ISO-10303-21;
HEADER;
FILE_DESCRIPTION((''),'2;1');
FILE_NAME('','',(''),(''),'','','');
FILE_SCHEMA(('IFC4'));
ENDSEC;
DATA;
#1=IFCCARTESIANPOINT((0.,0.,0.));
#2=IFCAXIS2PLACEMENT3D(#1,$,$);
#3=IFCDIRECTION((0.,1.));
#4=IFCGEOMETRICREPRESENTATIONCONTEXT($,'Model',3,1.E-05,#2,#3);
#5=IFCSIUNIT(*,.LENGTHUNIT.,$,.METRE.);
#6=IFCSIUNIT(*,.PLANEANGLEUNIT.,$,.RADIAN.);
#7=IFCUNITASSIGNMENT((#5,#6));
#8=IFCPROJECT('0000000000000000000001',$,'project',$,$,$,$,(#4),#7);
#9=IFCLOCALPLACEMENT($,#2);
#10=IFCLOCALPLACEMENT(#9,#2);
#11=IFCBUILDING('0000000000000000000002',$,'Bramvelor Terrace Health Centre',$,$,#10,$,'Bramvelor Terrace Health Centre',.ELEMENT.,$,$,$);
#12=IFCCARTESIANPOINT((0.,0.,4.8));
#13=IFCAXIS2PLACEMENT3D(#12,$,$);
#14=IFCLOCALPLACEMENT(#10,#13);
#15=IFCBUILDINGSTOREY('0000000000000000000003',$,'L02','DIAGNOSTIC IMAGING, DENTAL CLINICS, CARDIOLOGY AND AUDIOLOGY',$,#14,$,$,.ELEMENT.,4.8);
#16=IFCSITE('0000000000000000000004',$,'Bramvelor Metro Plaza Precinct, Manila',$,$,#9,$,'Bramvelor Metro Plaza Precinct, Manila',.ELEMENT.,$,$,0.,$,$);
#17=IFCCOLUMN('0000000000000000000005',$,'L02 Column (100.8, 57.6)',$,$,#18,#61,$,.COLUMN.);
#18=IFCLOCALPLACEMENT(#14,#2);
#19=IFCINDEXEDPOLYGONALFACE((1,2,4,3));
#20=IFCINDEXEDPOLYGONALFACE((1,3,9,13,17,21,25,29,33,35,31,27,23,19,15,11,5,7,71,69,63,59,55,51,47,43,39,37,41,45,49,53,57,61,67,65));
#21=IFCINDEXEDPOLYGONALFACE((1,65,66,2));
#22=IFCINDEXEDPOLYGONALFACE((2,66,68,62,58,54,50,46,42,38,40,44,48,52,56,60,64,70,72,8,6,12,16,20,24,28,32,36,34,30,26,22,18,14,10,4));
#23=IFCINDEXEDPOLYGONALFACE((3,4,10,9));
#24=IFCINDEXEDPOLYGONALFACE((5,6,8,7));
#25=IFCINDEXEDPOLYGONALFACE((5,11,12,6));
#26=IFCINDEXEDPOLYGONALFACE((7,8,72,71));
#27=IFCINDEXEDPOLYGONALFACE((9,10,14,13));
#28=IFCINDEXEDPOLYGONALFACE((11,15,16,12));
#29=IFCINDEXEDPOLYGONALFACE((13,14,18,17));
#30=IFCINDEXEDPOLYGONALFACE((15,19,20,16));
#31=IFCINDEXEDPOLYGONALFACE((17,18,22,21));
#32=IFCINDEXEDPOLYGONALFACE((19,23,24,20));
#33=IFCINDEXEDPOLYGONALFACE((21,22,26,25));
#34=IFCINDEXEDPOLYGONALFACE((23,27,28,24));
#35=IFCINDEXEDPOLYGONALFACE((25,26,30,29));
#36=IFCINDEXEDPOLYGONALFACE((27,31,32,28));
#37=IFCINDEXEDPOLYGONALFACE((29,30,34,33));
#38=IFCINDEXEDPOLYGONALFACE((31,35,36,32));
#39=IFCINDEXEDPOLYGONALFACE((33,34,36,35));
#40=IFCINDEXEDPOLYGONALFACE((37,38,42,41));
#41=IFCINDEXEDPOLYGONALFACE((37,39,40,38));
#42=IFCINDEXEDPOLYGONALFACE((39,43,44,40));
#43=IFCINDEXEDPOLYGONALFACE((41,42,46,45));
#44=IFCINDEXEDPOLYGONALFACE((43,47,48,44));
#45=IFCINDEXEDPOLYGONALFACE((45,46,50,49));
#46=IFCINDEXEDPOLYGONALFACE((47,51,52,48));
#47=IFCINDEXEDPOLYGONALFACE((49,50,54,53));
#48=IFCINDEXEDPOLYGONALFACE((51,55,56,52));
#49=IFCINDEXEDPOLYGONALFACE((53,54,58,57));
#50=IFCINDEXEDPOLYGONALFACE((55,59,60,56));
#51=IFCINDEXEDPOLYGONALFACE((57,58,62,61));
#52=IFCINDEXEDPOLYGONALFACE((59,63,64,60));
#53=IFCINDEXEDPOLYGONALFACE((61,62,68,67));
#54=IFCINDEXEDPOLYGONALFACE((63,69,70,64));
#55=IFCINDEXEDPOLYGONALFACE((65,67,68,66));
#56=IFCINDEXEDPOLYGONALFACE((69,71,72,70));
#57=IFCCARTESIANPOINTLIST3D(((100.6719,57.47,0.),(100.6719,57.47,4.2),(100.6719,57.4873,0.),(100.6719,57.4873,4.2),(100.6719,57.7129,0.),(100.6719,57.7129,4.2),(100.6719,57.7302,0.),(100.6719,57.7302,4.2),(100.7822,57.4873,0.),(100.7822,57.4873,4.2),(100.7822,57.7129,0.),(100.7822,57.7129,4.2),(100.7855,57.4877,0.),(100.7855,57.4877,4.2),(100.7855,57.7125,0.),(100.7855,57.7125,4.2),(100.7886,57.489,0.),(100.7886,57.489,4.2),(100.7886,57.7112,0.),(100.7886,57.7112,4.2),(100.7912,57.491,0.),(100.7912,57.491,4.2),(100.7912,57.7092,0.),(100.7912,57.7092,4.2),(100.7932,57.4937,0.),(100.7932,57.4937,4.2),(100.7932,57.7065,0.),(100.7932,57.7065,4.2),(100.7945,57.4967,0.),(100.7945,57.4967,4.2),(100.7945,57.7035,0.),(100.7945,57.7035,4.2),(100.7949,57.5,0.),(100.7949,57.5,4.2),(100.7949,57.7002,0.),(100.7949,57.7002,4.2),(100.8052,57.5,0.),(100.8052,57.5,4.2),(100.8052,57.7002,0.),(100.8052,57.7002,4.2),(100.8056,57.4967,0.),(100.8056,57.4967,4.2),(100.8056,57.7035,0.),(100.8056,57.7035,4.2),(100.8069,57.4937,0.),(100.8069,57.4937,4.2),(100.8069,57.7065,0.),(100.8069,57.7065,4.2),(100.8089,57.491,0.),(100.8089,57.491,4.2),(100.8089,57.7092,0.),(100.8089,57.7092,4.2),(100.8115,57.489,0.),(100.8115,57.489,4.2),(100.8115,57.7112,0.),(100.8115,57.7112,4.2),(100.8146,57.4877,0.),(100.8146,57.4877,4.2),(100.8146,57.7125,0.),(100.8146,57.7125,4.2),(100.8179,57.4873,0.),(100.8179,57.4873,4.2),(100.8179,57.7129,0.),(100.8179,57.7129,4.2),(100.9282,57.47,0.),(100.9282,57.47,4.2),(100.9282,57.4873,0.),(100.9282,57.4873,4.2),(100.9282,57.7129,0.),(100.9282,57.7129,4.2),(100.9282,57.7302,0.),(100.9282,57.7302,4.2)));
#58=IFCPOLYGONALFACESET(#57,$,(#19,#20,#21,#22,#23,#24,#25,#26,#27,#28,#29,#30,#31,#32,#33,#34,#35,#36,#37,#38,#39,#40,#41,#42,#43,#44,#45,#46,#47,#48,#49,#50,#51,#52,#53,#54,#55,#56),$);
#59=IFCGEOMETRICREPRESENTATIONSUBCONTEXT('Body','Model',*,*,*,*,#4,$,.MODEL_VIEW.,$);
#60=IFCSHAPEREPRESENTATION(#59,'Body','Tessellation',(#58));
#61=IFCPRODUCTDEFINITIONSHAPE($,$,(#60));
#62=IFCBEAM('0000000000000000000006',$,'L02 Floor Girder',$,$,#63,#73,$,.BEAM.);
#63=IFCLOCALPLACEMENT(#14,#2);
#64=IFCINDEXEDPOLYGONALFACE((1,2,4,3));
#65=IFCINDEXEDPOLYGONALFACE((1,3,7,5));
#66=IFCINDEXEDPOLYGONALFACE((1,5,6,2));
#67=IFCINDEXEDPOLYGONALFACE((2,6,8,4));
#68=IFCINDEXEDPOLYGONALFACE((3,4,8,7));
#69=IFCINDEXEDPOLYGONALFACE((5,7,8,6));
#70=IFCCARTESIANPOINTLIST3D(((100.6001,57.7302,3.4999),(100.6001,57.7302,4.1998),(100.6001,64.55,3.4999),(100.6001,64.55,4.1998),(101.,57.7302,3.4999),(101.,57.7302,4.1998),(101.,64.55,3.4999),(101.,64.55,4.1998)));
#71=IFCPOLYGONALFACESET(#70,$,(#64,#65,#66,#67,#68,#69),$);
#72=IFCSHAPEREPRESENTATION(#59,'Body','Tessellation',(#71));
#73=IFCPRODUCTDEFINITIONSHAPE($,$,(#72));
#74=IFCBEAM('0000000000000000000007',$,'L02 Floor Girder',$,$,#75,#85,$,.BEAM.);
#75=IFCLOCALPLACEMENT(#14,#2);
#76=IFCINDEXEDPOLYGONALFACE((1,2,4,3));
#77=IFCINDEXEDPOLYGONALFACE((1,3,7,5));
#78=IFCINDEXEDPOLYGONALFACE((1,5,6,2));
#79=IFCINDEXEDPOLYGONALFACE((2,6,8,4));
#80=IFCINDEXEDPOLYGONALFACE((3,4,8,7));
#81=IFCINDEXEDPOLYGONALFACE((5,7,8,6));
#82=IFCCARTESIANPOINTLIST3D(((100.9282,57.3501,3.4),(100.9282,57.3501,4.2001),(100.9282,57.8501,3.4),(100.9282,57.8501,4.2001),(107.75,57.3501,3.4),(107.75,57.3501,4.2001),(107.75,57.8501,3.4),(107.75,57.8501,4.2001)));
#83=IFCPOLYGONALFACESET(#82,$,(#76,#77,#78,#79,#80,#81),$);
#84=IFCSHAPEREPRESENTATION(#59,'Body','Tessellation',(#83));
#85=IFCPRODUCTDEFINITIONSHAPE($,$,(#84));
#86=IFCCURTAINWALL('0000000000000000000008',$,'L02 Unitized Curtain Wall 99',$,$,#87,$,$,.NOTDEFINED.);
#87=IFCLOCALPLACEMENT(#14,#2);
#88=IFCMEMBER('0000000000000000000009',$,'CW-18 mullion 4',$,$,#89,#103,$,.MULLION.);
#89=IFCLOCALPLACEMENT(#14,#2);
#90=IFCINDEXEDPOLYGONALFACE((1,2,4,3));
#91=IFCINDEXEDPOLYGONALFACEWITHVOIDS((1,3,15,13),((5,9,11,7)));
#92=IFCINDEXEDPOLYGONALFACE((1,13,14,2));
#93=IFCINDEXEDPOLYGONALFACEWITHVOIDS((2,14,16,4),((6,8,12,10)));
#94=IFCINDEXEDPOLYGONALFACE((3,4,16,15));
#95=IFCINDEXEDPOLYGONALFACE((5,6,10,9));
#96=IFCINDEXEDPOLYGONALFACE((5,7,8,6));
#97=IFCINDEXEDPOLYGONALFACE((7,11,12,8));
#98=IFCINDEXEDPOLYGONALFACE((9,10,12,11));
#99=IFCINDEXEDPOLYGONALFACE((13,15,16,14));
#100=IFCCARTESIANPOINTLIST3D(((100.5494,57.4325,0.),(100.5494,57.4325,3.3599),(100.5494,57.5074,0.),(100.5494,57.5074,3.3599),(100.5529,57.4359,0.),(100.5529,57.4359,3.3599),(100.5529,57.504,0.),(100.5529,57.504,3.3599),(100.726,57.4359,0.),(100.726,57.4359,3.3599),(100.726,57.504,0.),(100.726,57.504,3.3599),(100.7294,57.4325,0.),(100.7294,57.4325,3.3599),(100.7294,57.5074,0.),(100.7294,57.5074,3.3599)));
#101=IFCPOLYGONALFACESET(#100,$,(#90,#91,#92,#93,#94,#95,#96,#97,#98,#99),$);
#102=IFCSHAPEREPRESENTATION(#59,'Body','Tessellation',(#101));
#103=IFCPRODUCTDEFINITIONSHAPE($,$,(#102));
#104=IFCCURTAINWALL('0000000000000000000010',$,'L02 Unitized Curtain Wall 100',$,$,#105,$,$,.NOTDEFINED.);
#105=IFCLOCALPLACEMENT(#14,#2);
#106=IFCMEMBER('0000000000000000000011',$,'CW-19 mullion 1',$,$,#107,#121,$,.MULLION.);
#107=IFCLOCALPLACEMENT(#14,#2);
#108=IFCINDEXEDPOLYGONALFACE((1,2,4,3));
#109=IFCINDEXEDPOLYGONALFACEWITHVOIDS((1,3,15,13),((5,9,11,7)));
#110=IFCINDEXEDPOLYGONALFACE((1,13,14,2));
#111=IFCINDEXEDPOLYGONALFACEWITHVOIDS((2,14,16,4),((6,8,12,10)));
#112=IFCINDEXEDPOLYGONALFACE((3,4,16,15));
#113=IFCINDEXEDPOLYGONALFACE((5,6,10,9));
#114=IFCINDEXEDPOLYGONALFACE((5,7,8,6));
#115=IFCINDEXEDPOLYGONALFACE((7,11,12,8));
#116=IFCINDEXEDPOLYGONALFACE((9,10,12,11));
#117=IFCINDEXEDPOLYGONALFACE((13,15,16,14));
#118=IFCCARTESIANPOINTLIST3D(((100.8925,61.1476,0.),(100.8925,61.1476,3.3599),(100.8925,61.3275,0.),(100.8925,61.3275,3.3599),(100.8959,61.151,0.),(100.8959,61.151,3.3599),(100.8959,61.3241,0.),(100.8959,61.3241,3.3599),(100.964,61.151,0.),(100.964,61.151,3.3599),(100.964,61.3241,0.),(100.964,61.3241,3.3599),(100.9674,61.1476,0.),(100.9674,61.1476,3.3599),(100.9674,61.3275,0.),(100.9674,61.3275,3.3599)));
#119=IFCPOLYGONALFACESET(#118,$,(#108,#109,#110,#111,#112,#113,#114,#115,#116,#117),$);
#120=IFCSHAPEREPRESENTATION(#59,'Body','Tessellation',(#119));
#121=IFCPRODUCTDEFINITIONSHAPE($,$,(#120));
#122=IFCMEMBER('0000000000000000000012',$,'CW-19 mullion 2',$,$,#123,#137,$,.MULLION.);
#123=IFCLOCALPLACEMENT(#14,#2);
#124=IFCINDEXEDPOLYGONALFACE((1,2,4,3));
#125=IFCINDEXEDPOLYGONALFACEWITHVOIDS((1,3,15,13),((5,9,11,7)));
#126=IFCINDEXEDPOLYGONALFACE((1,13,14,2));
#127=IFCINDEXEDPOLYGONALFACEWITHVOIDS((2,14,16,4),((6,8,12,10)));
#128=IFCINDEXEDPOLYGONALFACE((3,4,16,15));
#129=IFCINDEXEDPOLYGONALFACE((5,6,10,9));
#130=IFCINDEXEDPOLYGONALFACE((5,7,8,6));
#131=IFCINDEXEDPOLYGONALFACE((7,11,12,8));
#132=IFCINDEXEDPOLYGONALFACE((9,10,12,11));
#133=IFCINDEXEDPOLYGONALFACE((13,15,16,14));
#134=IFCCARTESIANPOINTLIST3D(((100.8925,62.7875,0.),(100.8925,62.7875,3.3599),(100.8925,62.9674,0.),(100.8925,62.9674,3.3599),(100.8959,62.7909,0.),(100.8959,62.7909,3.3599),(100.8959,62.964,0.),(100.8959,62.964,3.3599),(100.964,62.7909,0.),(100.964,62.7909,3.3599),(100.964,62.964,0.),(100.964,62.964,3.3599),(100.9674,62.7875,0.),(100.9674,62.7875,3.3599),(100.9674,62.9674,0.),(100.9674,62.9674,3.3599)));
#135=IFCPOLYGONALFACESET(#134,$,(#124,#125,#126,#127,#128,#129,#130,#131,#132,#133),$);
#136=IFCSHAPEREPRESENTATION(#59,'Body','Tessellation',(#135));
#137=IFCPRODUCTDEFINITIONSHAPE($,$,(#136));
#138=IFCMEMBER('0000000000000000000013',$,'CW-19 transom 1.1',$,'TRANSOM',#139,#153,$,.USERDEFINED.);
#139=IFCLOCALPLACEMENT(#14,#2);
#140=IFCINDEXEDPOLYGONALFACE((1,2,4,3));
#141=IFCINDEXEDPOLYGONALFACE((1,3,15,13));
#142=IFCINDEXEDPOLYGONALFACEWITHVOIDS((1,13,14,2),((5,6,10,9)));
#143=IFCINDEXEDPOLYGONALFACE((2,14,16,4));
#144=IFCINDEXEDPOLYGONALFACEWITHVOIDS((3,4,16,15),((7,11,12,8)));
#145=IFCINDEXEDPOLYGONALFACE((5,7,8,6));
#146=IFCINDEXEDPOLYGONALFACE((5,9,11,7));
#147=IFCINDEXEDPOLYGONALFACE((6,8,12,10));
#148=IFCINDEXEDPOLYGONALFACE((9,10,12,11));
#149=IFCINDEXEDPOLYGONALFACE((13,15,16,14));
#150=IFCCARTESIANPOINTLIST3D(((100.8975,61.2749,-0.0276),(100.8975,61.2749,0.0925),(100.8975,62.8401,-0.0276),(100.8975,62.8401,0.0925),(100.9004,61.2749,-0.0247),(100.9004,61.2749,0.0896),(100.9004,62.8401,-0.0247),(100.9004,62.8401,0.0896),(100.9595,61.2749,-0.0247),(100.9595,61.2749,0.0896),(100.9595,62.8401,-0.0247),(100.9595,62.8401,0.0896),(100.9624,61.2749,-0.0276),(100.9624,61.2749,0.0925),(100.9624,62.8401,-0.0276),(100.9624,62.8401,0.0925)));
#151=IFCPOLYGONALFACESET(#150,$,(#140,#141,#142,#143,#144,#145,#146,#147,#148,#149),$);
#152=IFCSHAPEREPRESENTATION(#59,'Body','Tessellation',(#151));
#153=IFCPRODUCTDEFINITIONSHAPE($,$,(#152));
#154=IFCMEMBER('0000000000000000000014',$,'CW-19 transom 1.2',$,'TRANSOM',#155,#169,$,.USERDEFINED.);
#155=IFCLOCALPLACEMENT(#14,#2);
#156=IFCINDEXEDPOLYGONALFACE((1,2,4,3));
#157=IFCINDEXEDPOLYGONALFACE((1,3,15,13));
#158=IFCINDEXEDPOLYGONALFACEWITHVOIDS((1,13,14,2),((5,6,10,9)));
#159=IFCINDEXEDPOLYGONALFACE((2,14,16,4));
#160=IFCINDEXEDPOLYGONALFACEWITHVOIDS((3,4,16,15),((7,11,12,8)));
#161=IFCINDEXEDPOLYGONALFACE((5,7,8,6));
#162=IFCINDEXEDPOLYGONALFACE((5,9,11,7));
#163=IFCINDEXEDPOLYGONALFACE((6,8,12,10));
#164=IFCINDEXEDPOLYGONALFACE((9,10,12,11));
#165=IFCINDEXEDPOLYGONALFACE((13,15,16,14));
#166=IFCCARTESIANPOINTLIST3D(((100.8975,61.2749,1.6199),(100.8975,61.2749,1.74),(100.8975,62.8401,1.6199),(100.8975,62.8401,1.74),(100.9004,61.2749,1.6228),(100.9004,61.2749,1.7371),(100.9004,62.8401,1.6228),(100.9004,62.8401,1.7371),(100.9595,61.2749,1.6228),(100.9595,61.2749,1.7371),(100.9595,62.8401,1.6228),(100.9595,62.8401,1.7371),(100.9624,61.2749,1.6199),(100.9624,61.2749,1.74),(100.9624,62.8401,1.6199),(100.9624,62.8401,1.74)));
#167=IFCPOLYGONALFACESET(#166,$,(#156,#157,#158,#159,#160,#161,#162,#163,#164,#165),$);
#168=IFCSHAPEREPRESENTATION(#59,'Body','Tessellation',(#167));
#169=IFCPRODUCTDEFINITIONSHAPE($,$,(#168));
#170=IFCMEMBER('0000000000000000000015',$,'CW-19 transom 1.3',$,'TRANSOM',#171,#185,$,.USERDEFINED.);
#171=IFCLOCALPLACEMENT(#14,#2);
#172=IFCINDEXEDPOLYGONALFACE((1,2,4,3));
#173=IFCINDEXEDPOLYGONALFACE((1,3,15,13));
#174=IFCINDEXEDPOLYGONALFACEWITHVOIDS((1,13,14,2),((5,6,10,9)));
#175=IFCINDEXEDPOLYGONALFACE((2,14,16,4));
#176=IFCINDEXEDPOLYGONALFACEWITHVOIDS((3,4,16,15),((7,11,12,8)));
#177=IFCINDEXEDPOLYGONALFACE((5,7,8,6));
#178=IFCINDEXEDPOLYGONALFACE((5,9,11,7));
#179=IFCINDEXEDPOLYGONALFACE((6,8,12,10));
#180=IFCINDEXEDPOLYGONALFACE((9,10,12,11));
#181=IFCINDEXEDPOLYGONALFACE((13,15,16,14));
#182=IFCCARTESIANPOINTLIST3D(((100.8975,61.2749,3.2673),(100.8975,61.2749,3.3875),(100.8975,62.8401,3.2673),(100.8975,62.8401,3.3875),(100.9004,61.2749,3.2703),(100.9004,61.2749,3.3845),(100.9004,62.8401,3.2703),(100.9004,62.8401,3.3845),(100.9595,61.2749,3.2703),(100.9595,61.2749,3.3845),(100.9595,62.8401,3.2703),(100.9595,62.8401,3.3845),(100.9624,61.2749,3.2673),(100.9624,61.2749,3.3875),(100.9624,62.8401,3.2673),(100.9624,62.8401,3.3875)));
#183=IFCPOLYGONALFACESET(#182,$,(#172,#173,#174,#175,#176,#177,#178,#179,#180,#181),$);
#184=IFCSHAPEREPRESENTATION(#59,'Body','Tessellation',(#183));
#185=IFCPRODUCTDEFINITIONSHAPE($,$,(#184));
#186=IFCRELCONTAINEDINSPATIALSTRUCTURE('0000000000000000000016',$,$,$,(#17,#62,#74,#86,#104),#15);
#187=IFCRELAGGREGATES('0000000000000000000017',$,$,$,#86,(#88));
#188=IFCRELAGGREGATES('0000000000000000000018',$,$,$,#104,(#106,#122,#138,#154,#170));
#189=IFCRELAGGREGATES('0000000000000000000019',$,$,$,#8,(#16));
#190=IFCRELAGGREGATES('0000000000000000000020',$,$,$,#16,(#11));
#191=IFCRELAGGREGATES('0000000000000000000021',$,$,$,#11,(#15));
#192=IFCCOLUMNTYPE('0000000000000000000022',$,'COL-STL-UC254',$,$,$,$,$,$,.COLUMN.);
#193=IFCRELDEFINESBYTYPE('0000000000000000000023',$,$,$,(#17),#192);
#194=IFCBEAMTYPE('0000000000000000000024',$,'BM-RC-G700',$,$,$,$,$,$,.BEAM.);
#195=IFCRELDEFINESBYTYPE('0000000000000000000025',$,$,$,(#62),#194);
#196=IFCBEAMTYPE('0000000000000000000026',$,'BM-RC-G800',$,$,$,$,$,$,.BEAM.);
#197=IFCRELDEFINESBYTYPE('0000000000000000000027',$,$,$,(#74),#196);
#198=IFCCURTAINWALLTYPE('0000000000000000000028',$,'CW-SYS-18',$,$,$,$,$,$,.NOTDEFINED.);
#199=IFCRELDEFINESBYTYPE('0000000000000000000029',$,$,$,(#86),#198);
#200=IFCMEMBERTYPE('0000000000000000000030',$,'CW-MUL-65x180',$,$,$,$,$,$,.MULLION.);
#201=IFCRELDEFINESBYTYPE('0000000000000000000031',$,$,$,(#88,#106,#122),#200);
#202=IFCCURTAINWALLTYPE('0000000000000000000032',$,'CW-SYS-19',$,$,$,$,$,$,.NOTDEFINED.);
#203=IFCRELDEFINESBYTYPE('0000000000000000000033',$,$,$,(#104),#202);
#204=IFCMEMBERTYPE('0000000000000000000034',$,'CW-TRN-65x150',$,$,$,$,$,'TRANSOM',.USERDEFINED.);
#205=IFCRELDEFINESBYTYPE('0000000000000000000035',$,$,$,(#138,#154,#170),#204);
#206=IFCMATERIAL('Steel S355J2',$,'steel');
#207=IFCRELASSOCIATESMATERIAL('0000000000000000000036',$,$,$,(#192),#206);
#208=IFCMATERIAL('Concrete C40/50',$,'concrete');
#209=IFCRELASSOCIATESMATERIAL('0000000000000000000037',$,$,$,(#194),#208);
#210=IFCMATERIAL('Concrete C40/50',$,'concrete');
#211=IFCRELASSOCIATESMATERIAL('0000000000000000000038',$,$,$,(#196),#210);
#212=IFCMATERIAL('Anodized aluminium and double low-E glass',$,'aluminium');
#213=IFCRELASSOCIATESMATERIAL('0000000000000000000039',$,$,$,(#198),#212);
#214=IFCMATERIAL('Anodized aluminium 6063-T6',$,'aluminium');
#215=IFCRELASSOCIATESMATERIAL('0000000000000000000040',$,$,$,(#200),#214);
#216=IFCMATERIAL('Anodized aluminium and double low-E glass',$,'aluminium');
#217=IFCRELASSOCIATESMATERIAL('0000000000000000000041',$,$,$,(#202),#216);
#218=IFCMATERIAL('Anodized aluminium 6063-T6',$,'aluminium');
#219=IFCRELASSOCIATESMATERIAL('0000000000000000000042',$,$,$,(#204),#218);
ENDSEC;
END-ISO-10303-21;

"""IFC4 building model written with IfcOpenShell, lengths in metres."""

from ifc_helpers import new_model, si_unit, direction, frame, origin, origin_2d, place, context, subcontext, project, spatial, rectangle, hollow_rectangle, i_section, extrude, material, material_profile, profile_set, type_object, element, aggregate, save


model = new_model("IFC4")

# Units and contexts
model_context = context("Model", 3, precision=1e-05, world=origin(), true_north=direction((0.0, 1.0)))
body_context = subcontext(model_context, "Body", "Model", "MODEL_VIEW")
ifc_project = project(units=[si_unit("LENGTHUNIT", "METRE"), si_unit("PLANEANGLEUNIT", "RADIAN")], contexts=[model_context])

# Site, building, storey
site_placement = place(None, origin())
site = spatial("IfcSite", under=ifc_project, at=site_placement, Name="Bramvelor Metro Plaza Precinct, Manila", LongName="Bramvelor Metro Plaza Precinct, Manila", CompositionType="ELEMENT", RefElevation=0.0)
building_placement = place(site_placement, origin())
building = spatial("IfcBuilding", under=site, at=building_placement, Name="Bramvelor Terrace Health Centre", LongName="Bramvelor Terrace Health Centre", CompositionType="ELEMENT")
storey_placement = place(building_placement, frame((0.0, 0.0, 4.8)))
storey = spatial("IfcBuildingStorey", under=building, at=storey_placement, Name="L02", Description="DIAGNOSTIC IMAGING, DENTAL CLINICS, CARDIOLOGY AND AUDIOLOGY", CompositionType="ELEMENT", Elevation=4.8)

# Column
ifc_material_1 = material(Name="Steel S355J2", Category="steel")
ifc_material_profile_1 = material_profile(ifc_material_1, i_section(OverallWidth=0.2563, OverallDepth=0.2603, WebThickness=0.0103, FlangeThickness=0.0173, FilletRadius=0.0127, at=origin_2d()), Name="UC 254x254x89")
ifc_profile_set_1 = profile_set([ifc_material_profile_1], Name="Steel S355J2")
column_type = type_object("IfcColumnType", Name="COL-STL-UC254", PredefinedType="COLUMN", material=ifc_profile_set_1)
column_placement = place(storey_placement, frame((100.8, 57.6001, 0.0), z_axis=(0.0, 0.0, 1.0), x_axis=(1.0, 0.0, 0.0)))
element("IfcColumn", 1, at=column_placement, inside=storey, type_object=column_type, Name="L02 Column (100.8, 57.6)", PredefinedType="COLUMN", context=body_context, shape_type="SweptSolid", body=[
    extrude(i_section(OverallWidth=0.2563, OverallDepth=0.2603, WebThickness=0.0103, FlangeThickness=0.0173, FilletRadius=0.0127, at=origin_2d()), origin(), (0.0, 0.0, 1.0), 4.2),
])

# Beams
ifc_material_2 = material(Name="Concrete C40/50", Category="concrete")
ifc_material_profile_2 = material_profile(ifc_material_2, rectangle(XDim=0.3999, YDim=0.7, at=origin_2d()), Name="RC 400x700")
ifc_profile_set_2 = profile_set([ifc_material_profile_2], Name="Concrete C40/50")
beam_type_1 = type_object("IfcBeamType", Name="BM-RC-G700", PredefinedType="BEAM", material=ifc_profile_set_2)
beam_1_placement = place(storey_placement, frame((100.8, 57.7302, 3.8499), z_axis=(0.0, 1.0, 0.0), x_axis=(-1.0, 0.0, 0.0)))
element("IfcBeam", 2, at=beam_1_placement, inside=storey, type_object=beam_type_1, Name="L02 Floor Girder", PredefinedType="BEAM", context=body_context, shape_type="SweptSolid", body=[
    extrude(rectangle(XDim=0.3999, YDim=0.7, at=origin_2d()), origin(), (0.0, 0.0, 1.0), 6.8198),
])
ifc_material_3 = material(Name="Concrete C40/50", Category="concrete")
ifc_material_profile_3 = material_profile(ifc_material_3, rectangle(XDim=0.5, YDim=0.8, at=origin_2d()), Name="RC 500x800")
ifc_profile_set_3 = profile_set([ifc_material_profile_3], Name="Concrete C40/50")
beam_type_2 = type_object("IfcBeamType", Name="BM-RC-G800", PredefinedType="BEAM", material=ifc_profile_set_3)
beam_2_placement = place(storey_placement, frame((100.9282, 57.6001, 3.8), z_axis=(1.0, 0.0, 0.0), x_axis=(0.0, 1.0, 0.0)))
element("IfcBeam", 3, at=beam_2_placement, inside=storey, type_object=beam_type_2, Name="L02 Floor Girder", PredefinedType="BEAM", context=body_context, shape_type="SweptSolid", body=[
    extrude(rectangle(XDim=0.5, YDim=0.8, at=origin_2d()), origin(), (0.0, 0.0, 1.0), 6.8218),
])

# Curtain wall, member
ifc_material_4 = material(Name="Anodized aluminium and double low-E glass", Category="aluminium")
curtain_wall_type_1 = type_object("IfcCurtainWallType", Name="CW-SYS-18", PredefinedType="NOTDEFINED", material=ifc_material_4)
curtain_wall_1_placement = place(storey_placement, origin())
curtain_wall_1 = element("IfcCurtainWall", 4, at=curtain_wall_1_placement, inside=storey, type_object=curtain_wall_type_1, Name="L02 Unitized Curtain Wall 99", PredefinedType="NOTDEFINED")
ifc_material_5 = material(Name="Anodized aluminium 6063-T6", Category="aluminium")
ifc_material_profile_4 = material_profile(ifc_material_5, hollow_rectangle(XDim=0.075, YDim=0.1799, WallThickness=0.0034, at=origin_2d()), Name="ALU-MUL 75x180x3.5")
ifc_profile_set_4 = profile_set([ifc_material_profile_4], Name="Anodized aluminium 6063-T6")
member_type_1 = type_object("IfcMemberType", Name="CW-MUL-65x180", PredefinedType="MULLION", material=ifc_profile_set_4)
member_1_placement = place(storey_placement, frame((100.6394, 57.47, 0.0), z_axis=(0.0, 0.0, 1.0), x_axis=(0.0, 1.0, 0.0)))
member_1 = element("IfcMember", 5, at=member_1_placement, type_object=member_type_1, Name="CW-18 mullion 4", PredefinedType="MULLION", context=body_context, shape_type="SweptSolid", body=[
    extrude(hollow_rectangle(XDim=0.075, YDim=0.1799, WallThickness=0.0034, at=origin_2d()), origin(), (0.0, 0.0, 1.0), 3.3599),
])

# Curtain wall, members
ifc_material_6 = material(Name="Anodized aluminium and double low-E glass", Category="aluminium")
curtain_wall_type_2 = type_object("IfcCurtainWallType", Name="CW-SYS-19", PredefinedType="NOTDEFINED", material=ifc_material_6)
curtain_wall_2_placement = place(storey_placement, origin())
curtain_wall_2 = element("IfcCurtainWall", 6, at=curtain_wall_2_placement, inside=storey, type_object=curtain_wall_type_2, Name="L02 Unitized Curtain Wall 100", PredefinedType="NOTDEFINED")
member_2_placement = place(storey_placement, frame((100.9299, 61.2375, 0.0), z_axis=(0.0, 0.0, 1.0), x_axis=(-1.0, 0.0, 0.0)))
member_2 = element("IfcMember", 7, at=member_2_placement, type_object=member_type_1, Name="CW-19 mullion 1", PredefinedType="MULLION", context=body_context, shape_type="SweptSolid", body=[
    extrude(hollow_rectangle(XDim=0.075, YDim=0.1799, WallThickness=0.0034, at=origin_2d()), origin(), (0.0, 0.0, 1.0), 3.3599),
])
member_3_placement = place(storey_placement, frame((100.9299, 62.8774, 0.0), z_axis=(0.0, 0.0, 1.0), x_axis=(-1.0, 0.0, 0.0)))
member_3 = element("IfcMember", 8, at=member_3_placement, type_object=member_type_1, Name="CW-19 mullion 2", PredefinedType="MULLION", context=body_context, shape_type="SweptSolid", body=[
    extrude(hollow_rectangle(XDim=0.075, YDim=0.1799, WallThickness=0.0034, at=origin_2d()), origin(), (0.0, 0.0, 1.0), 3.3599),
])
ifc_material_7 = material(Name="Anodized aluminium 6063-T6", Category="aluminium")
ifc_material_profile_5 = material_profile(ifc_material_7, hollow_rectangle(XDim=0.0649, YDim=0.1201, WallThickness=0.0029, at=origin_2d()), Name="ALU-TRN 65x120x3.0")
ifc_profile_set_5 = profile_set([ifc_material_profile_5], Name="Anodized aluminium 6063-T6")
member_type_2 = type_object("IfcMemberType", Name="CW-TRN-65x150", ElementType="TRANSOM", PredefinedType="USERDEFINED", material=ifc_profile_set_5)
member_4_placement = place(storey_placement, frame((100.9299, 61.2749, 0.0325), z_axis=(0.0, 1.0, 0.0), x_axis=(-1.0, 0.0, 0.0)))
member_4 = element("IfcMember", 9, at=member_4_placement, type_object=member_type_2, Name="CW-19 transom 1.1", ObjectType="TRANSOM", PredefinedType="USERDEFINED", context=body_context, shape_type="SweptSolid", body=[
    extrude(hollow_rectangle(XDim=0.0649, YDim=0.1201, WallThickness=0.0029, at=origin_2d()), origin(), (0.0, 0.0, 1.0), 1.5652),
])
member_5_placement = place(storey_placement, frame((100.9299, 61.2749, 1.6799), z_axis=(0.0, 1.0, 0.0), x_axis=(-1.0, 0.0, 0.0)))
member_5 = element("IfcMember", 10, at=member_5_placement, type_object=member_type_2, Name="CW-19 transom 1.2", ObjectType="TRANSOM", PredefinedType="USERDEFINED", context=body_context, shape_type="SweptSolid", body=[
    extrude(hollow_rectangle(XDim=0.0649, YDim=0.1201, WallThickness=0.0029, at=origin_2d()), origin(), (0.0, 0.0, 1.0), 1.5652),
])
member_6_placement = place(storey_placement, frame((100.9299, 61.2749, 3.3274), z_axis=(0.0, 1.0, 0.0), x_axis=(-1.0, 0.0, 0.0)))
member_6 = element("IfcMember", 11, at=member_6_placement, type_object=member_type_2, Name="CW-19 transom 1.3", ObjectType="TRANSOM", PredefinedType="USERDEFINED", context=body_context, shape_type="SweptSolid", body=[
    extrude(hollow_rectangle(XDim=0.0649, YDim=0.1201, WallThickness=0.0029, at=origin_2d()), origin(), (0.0, 0.0, 1.0), 1.5652),
])

aggregate(curtain_wall_1, [member_1])
aggregate(curtain_wall_2, [member_2, member_3, member_4, member_5, member_6])

save(model, "model.ifc")
